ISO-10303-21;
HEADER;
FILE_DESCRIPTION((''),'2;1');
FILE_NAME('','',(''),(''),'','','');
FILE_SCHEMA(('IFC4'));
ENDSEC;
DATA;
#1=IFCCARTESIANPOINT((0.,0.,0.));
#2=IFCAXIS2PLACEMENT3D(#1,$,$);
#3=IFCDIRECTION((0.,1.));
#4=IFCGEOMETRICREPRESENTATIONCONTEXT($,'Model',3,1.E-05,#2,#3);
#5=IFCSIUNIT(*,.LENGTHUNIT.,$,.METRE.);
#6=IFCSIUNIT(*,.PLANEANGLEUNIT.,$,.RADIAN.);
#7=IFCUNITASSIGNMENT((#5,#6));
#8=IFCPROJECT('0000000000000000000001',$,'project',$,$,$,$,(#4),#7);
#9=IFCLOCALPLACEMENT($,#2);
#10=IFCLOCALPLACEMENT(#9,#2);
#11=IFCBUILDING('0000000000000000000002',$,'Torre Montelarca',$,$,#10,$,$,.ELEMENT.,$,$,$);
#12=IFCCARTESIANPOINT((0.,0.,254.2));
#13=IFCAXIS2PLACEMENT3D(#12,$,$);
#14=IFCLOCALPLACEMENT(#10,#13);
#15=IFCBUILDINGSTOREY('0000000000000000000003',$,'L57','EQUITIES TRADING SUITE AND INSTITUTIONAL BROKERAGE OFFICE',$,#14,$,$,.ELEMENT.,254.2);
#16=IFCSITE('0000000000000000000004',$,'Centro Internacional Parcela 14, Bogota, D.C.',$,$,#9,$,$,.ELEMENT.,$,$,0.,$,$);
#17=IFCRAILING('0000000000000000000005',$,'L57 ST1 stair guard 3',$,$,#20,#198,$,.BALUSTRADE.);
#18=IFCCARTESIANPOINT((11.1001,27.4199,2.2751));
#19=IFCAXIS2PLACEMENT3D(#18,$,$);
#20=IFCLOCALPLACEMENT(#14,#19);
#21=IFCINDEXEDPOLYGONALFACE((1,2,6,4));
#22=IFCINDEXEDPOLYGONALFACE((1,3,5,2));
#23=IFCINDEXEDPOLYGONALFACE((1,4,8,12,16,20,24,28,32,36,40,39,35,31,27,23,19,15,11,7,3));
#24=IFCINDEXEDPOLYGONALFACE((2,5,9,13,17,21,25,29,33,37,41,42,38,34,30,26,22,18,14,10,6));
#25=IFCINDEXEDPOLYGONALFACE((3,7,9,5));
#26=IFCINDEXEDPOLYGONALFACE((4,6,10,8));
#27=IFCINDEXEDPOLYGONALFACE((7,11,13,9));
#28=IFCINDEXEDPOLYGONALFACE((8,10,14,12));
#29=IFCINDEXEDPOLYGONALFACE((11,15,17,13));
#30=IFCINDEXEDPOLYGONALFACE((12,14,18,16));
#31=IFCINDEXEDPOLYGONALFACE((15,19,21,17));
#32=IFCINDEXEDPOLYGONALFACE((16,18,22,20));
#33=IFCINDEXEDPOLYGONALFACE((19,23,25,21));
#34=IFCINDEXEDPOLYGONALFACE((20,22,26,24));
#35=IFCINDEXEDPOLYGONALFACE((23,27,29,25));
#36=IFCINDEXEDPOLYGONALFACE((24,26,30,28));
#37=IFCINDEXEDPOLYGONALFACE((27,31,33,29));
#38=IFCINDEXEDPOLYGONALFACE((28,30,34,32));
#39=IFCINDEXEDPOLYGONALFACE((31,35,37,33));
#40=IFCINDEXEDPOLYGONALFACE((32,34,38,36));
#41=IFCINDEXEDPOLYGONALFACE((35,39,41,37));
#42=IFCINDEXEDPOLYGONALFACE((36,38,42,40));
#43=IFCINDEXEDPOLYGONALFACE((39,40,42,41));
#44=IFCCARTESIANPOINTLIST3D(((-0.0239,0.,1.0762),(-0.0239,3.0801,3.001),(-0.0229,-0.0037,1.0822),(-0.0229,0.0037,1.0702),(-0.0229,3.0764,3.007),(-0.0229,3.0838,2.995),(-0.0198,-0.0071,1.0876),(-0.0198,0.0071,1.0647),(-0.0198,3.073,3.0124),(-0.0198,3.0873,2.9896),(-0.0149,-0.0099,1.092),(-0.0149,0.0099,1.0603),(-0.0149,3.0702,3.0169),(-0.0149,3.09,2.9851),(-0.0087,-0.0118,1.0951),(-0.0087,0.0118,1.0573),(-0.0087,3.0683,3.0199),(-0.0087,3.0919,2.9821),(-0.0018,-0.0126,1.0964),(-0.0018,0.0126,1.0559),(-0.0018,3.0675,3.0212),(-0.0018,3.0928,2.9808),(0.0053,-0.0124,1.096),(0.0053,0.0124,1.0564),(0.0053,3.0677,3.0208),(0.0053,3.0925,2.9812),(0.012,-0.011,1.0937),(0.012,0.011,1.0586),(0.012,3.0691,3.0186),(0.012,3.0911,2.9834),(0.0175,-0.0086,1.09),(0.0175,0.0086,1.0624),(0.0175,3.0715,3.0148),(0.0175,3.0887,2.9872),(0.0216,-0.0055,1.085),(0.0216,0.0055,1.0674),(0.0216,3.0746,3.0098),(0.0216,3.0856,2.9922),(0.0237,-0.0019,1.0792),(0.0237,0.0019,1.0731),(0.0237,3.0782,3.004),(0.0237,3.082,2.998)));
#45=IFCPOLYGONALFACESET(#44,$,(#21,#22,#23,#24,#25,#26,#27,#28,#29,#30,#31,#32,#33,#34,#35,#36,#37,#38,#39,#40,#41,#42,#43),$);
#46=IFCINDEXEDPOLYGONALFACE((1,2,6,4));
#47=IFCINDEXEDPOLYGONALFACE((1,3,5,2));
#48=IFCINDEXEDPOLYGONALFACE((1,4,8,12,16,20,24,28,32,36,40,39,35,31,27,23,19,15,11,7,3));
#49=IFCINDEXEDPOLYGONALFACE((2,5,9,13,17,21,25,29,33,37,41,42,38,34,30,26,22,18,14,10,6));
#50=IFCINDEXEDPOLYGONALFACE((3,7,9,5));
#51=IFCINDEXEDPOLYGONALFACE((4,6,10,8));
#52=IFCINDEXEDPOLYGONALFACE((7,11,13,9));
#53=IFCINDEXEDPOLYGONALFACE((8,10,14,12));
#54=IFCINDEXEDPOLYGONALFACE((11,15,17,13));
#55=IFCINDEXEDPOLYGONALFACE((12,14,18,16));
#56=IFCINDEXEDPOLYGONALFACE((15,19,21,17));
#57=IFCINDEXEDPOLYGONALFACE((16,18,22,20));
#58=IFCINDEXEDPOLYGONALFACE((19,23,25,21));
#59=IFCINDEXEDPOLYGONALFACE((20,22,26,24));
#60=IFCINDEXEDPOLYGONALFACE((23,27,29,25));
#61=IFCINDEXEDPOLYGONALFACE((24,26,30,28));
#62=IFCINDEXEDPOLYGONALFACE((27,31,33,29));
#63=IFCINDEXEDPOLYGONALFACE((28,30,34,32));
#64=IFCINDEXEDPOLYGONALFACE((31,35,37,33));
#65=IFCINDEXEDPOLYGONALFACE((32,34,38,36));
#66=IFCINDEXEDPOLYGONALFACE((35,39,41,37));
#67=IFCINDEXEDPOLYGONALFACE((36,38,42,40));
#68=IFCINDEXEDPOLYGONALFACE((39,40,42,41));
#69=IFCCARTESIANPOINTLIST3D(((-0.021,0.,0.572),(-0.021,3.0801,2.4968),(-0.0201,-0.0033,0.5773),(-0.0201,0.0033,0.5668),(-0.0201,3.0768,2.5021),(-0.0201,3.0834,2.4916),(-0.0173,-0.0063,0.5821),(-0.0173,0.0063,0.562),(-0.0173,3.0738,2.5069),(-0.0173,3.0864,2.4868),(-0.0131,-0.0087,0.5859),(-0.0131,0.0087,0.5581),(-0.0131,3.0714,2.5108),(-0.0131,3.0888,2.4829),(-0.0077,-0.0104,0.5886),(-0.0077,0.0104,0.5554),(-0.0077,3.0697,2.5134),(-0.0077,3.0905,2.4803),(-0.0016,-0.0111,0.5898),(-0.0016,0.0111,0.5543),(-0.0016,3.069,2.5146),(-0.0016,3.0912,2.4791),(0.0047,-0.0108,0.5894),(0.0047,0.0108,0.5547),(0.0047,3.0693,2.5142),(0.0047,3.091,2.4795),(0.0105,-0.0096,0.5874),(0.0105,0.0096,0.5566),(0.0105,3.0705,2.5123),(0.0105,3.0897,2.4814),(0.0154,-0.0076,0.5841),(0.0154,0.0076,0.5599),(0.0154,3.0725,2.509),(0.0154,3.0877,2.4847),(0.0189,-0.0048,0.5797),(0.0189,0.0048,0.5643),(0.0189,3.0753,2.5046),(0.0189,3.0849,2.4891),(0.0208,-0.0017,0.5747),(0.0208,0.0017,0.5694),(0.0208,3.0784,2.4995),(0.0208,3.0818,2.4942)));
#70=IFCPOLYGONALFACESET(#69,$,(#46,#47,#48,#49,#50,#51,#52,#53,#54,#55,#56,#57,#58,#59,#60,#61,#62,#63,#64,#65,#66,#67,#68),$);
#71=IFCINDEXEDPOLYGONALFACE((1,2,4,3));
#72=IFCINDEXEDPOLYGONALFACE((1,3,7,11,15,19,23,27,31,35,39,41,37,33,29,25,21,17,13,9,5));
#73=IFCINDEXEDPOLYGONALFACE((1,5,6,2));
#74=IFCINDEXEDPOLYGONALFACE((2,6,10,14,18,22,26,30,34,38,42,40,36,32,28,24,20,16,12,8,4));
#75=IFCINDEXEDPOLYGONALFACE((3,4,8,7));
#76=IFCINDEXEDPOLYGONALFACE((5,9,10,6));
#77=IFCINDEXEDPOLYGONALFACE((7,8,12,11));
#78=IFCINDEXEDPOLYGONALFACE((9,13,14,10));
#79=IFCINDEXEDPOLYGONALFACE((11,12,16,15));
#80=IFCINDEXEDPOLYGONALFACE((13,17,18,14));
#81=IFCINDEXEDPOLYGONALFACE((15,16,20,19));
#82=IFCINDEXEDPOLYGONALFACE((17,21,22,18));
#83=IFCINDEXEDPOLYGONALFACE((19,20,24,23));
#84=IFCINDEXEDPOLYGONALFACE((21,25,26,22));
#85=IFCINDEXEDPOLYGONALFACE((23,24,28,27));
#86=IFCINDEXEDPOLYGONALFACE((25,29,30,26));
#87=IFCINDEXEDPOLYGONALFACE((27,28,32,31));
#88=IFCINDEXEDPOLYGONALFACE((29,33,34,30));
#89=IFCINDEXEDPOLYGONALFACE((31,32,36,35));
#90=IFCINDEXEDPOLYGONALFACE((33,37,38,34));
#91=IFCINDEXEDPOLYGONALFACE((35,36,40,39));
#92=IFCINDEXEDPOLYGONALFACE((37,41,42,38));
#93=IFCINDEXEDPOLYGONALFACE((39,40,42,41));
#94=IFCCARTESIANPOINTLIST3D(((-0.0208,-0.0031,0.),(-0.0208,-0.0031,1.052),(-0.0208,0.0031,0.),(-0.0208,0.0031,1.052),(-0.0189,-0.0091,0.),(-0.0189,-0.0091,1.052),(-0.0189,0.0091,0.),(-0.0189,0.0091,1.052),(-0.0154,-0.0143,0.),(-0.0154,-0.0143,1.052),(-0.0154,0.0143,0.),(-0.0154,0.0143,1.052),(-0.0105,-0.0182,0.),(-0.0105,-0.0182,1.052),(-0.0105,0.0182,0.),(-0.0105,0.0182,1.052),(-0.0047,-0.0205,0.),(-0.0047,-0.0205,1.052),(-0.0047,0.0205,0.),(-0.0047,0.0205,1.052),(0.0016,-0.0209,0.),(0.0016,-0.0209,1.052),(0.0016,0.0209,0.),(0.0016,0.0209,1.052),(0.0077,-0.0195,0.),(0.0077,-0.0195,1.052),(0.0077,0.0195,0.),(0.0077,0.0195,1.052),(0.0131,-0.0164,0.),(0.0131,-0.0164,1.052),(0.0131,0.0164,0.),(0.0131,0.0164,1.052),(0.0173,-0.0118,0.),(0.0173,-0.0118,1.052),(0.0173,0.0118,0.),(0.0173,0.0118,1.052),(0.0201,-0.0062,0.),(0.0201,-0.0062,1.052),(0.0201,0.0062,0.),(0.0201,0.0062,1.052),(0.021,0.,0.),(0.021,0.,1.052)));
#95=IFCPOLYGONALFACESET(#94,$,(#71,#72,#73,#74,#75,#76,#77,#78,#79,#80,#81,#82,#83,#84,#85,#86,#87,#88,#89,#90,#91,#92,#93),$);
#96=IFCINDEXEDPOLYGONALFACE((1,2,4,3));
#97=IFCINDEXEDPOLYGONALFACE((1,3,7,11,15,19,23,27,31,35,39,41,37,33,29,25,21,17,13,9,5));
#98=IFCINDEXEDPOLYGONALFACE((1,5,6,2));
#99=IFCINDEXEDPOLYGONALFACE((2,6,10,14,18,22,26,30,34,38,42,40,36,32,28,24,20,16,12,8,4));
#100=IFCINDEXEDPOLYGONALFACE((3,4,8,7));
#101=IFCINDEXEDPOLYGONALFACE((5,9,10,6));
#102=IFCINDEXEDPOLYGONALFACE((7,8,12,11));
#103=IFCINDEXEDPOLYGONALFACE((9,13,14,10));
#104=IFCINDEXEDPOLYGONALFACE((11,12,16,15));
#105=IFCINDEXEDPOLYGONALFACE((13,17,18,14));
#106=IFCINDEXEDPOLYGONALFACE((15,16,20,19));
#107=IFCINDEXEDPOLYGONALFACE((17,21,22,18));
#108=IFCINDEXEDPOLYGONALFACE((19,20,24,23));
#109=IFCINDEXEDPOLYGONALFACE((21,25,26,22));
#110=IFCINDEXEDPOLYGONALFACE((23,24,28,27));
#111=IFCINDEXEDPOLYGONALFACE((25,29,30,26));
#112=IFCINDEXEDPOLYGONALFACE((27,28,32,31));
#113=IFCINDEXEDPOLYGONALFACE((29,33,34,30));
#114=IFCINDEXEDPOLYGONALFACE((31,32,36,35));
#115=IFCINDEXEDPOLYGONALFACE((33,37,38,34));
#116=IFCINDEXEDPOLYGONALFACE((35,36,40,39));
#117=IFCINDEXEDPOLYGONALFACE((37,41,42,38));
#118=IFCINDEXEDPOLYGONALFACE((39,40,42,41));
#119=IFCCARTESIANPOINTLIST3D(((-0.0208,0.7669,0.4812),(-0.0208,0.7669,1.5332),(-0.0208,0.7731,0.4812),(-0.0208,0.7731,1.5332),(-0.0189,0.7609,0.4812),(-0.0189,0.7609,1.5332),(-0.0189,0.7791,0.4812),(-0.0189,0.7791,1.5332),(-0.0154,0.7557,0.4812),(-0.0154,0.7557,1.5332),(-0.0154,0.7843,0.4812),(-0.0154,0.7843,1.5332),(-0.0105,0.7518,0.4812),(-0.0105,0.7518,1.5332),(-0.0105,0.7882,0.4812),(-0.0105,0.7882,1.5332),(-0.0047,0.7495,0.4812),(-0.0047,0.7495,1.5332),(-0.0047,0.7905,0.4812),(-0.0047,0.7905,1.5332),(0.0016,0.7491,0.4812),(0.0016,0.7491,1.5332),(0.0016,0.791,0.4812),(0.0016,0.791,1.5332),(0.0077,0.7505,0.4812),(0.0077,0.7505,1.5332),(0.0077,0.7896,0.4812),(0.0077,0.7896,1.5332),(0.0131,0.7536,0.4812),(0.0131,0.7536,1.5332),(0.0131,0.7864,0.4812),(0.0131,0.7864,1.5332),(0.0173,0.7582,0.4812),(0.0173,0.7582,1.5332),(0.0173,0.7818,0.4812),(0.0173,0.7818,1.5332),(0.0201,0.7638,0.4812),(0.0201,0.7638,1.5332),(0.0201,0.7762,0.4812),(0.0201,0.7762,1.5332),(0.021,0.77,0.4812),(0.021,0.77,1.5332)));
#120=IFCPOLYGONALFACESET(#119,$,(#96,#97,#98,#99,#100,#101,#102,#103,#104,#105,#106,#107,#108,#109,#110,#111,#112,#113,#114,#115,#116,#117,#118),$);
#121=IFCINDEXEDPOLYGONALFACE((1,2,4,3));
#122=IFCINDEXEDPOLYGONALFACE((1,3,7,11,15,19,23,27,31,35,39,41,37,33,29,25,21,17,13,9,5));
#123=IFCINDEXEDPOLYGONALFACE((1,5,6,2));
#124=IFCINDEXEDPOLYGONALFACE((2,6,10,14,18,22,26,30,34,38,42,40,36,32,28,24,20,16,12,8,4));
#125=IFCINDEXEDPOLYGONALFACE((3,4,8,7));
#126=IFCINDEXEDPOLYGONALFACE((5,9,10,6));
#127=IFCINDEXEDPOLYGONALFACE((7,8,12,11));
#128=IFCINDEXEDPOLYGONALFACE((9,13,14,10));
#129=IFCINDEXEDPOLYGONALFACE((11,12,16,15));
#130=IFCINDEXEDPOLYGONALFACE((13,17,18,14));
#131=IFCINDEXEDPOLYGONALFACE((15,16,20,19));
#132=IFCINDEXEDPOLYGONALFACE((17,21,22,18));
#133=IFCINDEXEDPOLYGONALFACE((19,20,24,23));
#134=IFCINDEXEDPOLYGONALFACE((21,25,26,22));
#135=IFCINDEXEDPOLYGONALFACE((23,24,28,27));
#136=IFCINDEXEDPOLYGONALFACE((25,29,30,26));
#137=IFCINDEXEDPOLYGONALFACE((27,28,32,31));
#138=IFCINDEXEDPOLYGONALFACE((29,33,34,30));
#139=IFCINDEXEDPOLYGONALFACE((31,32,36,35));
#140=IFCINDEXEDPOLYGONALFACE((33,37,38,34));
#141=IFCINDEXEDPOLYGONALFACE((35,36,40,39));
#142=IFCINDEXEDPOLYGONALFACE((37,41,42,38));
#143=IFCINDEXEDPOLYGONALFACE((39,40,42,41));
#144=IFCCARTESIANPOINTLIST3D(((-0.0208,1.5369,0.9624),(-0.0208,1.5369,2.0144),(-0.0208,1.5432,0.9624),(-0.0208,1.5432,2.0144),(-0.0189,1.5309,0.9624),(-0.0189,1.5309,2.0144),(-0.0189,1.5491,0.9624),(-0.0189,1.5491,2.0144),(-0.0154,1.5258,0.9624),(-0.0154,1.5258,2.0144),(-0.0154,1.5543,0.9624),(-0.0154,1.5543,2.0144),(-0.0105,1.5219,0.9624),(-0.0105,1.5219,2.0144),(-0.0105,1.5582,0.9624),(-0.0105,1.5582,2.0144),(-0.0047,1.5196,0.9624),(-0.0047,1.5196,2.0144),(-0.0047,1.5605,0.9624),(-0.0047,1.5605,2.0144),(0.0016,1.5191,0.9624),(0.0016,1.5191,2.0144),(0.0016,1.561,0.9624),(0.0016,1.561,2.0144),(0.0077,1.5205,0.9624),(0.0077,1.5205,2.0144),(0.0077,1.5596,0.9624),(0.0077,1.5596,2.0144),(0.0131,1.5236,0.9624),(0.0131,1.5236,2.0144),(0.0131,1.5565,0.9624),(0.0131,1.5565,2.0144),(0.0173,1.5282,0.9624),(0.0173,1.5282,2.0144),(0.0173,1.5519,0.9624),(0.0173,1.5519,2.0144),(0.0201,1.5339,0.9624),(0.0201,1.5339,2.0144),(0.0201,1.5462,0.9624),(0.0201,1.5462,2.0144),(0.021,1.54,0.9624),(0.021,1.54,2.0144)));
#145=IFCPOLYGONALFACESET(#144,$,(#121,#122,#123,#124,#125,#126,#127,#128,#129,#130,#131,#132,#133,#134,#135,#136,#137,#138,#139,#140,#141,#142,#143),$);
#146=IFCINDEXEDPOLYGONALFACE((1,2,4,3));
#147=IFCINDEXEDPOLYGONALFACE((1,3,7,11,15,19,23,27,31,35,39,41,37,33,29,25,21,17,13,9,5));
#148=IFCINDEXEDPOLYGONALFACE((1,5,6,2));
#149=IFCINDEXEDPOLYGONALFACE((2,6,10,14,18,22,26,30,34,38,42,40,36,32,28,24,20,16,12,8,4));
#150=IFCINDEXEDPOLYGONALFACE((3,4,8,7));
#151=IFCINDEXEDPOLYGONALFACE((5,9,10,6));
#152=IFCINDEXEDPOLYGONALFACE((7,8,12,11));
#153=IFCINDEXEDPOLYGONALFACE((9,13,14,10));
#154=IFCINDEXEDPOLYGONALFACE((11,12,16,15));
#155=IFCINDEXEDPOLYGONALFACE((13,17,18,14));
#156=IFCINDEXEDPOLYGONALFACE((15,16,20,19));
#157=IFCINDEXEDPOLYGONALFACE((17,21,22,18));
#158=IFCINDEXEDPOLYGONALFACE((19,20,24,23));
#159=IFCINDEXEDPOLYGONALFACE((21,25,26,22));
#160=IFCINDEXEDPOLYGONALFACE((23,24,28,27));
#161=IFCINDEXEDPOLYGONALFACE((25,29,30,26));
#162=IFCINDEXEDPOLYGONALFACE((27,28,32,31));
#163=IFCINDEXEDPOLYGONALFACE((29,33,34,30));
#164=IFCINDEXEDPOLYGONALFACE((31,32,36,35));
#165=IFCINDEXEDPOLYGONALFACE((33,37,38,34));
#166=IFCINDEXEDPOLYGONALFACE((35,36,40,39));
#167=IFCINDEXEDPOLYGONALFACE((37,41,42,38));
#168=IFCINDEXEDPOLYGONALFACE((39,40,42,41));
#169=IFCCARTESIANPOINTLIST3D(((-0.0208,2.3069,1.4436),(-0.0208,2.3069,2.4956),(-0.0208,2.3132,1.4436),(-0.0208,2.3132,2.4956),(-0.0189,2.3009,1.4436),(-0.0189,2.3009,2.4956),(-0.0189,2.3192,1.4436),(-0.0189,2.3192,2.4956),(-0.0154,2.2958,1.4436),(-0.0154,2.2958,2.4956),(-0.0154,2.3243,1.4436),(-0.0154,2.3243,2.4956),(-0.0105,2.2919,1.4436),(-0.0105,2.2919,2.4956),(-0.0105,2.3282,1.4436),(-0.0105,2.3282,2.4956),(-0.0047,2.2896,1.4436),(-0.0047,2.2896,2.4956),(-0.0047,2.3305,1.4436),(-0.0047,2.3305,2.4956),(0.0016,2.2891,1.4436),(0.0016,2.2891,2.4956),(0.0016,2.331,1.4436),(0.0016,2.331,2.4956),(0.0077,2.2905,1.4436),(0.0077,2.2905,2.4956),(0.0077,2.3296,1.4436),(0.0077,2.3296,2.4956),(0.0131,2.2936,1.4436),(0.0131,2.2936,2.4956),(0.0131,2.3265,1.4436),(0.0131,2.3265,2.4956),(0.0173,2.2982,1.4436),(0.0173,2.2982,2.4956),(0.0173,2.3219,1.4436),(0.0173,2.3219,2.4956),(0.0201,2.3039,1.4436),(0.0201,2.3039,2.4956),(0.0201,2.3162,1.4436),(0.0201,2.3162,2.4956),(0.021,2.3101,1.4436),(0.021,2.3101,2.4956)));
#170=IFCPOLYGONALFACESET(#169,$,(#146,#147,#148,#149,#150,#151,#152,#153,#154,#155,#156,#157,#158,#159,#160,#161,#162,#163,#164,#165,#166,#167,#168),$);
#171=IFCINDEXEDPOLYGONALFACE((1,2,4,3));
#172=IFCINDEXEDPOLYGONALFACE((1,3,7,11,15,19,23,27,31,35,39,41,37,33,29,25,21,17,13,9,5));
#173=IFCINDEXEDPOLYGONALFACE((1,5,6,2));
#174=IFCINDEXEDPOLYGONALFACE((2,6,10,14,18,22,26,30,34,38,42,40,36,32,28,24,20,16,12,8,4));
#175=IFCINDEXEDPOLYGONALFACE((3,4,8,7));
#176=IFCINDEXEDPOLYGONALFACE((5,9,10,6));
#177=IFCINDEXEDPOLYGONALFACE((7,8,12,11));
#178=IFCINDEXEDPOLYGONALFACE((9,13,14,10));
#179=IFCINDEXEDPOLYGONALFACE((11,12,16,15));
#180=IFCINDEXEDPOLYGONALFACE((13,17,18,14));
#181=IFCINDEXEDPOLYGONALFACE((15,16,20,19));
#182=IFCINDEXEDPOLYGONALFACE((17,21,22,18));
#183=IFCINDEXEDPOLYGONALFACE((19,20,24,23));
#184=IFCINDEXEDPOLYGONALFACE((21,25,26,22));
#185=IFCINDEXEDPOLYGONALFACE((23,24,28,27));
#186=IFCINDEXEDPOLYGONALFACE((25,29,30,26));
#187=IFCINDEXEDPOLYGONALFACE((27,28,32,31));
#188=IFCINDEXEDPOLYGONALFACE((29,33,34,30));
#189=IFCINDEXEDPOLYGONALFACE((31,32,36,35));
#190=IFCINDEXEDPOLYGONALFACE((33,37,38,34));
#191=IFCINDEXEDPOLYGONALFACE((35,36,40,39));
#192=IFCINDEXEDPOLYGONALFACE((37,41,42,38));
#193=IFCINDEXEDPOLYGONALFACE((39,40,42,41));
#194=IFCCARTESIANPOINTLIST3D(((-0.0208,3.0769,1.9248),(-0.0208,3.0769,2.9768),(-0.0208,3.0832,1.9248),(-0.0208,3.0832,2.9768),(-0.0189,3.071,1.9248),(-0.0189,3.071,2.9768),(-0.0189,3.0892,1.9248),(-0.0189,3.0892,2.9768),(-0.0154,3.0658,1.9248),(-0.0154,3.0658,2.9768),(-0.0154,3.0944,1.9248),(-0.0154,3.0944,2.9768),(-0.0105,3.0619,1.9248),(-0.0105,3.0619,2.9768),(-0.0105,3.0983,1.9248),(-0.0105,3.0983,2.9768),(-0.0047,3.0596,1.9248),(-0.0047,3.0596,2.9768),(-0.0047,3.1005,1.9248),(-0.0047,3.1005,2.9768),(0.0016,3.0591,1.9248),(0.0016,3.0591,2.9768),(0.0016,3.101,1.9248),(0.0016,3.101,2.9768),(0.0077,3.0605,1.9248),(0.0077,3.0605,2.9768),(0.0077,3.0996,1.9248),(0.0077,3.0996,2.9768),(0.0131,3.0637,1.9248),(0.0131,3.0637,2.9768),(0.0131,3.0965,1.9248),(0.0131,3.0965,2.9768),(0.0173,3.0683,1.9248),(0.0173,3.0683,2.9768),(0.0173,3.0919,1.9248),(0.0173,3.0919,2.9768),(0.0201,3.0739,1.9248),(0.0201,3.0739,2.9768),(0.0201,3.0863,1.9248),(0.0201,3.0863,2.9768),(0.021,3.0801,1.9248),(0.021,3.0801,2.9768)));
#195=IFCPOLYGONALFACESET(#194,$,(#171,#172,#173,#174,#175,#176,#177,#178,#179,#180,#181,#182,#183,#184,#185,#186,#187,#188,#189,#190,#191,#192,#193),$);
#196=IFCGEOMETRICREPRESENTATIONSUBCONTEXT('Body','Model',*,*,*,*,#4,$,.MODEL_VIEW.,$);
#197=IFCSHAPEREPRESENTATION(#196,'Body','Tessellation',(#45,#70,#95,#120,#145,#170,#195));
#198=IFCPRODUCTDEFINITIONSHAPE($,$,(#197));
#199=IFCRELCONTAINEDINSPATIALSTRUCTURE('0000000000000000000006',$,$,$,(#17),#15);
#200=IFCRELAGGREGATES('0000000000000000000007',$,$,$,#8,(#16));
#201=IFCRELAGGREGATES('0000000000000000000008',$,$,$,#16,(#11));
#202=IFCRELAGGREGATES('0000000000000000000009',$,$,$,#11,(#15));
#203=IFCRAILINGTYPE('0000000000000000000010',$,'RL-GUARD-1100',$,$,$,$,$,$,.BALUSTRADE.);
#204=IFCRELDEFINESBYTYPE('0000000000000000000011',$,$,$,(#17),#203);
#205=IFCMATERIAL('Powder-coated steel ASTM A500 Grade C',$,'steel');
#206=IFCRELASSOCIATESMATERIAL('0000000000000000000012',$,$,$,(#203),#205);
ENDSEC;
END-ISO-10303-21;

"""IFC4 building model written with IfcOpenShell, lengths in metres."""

from ifc_helpers import new_model, si_unit, direction, frame, origin, origin_2d, place, context, subcontext, project, spatial, circle, extrude, material, type_object, element, save


model = new_model("IFC4")

# Units and contexts
model_context = context("Model", 3, precision=1e-05, world=origin(), true_north=direction((0.0, 1.0)))
body_context = subcontext(model_context, "Body", "Model", "MODEL_VIEW")
ifc_project = project(units=[si_unit("LENGTHUNIT", "METRE"), si_unit("PLANEANGLEUNIT", "RADIAN")], contexts=[model_context])

# Site, building, storey
site_placement = place(None, origin())
site = spatial("IfcSite", under=ifc_project, at=site_placement, Name="Centro Internacional Parcela 14, Bogota, D.C.", CompositionType="ELEMENT", RefElevation=0.0)
building_placement = place(site_placement, origin())
building = spatial("IfcBuilding", under=site, at=building_placement, Name="Torre Montelarca", CompositionType="ELEMENT")
storey_placement = place(building_placement, frame((0.0, 0.0, 254.2)))
storey = spatial("IfcBuildingStorey", under=building, at=storey_placement, Name="L57", Description="EQUITIES TRADING SUITE AND INSTITUTIONAL BROKERAGE OFFICE", CompositionType="ELEMENT", Elevation=254.2)

# Railing
ifc_material_1 = material(Name="Powder-coated steel ASTM A500 Grade C", Category="steel")
railing_type_1 = type_object("IfcRailingType", Name="RL-GUARD-1100", PredefinedType="BALUSTRADE", material=ifc_material_1)
railing_1_placement = place(storey_placement, frame((11.1001, 27.4199, 2.2751)))
element("IfcRailing", 1, at=railing_1_placement, inside=storey, type_object=railing_type_1, Name="L57 ST1 stair guard 3", PredefinedType="BALUSTRADE", context=body_context, shape_type="SweptSolid", body=[
    extrude(circle(Radius=0.0239, at=origin_2d()), frame((0.0, 0.0, 1.0762), z_axis=(0.0, 0.848029, 0.529951), x_axis=(-1.0, 0.0, 0.0)), (0.0, 0.0, 1.0), 3.6321),
    extrude(circle(Radius=0.021, at=origin_2d()), frame((0.0, 0.0, 0.572), z_axis=(0.0, 0.848029, 0.529951), x_axis=(-1.0, 0.0, 0.0)), (0.0, 0.0, 1.0), 3.6321),
    extrude(circle(Radius=0.021, at=origin_2d()), origin(), (0.0, 0.0, 1.0), 1.052),
    extrude(circle(Radius=0.021, at=origin_2d()), frame((0.0, 0.77, 0.4812)), (0.0, 0.0, 1.0), 1.052),
    extrude(circle(Radius=0.021, at=origin_2d()), frame((0.0, 1.54, 0.9624)), (0.0, 0.0, 1.0), 1.052),
    extrude(circle(Radius=0.021, at=origin_2d()), frame((0.0, 2.3101, 1.4436)), (0.0, 0.0, 1.0), 1.052),
    extrude(circle(Radius=0.021, at=origin_2d()), frame((0.0, 3.0801, 1.9248)), (0.0, 0.0, 1.0), 1.052),
])

save(model, "model.ifc")
